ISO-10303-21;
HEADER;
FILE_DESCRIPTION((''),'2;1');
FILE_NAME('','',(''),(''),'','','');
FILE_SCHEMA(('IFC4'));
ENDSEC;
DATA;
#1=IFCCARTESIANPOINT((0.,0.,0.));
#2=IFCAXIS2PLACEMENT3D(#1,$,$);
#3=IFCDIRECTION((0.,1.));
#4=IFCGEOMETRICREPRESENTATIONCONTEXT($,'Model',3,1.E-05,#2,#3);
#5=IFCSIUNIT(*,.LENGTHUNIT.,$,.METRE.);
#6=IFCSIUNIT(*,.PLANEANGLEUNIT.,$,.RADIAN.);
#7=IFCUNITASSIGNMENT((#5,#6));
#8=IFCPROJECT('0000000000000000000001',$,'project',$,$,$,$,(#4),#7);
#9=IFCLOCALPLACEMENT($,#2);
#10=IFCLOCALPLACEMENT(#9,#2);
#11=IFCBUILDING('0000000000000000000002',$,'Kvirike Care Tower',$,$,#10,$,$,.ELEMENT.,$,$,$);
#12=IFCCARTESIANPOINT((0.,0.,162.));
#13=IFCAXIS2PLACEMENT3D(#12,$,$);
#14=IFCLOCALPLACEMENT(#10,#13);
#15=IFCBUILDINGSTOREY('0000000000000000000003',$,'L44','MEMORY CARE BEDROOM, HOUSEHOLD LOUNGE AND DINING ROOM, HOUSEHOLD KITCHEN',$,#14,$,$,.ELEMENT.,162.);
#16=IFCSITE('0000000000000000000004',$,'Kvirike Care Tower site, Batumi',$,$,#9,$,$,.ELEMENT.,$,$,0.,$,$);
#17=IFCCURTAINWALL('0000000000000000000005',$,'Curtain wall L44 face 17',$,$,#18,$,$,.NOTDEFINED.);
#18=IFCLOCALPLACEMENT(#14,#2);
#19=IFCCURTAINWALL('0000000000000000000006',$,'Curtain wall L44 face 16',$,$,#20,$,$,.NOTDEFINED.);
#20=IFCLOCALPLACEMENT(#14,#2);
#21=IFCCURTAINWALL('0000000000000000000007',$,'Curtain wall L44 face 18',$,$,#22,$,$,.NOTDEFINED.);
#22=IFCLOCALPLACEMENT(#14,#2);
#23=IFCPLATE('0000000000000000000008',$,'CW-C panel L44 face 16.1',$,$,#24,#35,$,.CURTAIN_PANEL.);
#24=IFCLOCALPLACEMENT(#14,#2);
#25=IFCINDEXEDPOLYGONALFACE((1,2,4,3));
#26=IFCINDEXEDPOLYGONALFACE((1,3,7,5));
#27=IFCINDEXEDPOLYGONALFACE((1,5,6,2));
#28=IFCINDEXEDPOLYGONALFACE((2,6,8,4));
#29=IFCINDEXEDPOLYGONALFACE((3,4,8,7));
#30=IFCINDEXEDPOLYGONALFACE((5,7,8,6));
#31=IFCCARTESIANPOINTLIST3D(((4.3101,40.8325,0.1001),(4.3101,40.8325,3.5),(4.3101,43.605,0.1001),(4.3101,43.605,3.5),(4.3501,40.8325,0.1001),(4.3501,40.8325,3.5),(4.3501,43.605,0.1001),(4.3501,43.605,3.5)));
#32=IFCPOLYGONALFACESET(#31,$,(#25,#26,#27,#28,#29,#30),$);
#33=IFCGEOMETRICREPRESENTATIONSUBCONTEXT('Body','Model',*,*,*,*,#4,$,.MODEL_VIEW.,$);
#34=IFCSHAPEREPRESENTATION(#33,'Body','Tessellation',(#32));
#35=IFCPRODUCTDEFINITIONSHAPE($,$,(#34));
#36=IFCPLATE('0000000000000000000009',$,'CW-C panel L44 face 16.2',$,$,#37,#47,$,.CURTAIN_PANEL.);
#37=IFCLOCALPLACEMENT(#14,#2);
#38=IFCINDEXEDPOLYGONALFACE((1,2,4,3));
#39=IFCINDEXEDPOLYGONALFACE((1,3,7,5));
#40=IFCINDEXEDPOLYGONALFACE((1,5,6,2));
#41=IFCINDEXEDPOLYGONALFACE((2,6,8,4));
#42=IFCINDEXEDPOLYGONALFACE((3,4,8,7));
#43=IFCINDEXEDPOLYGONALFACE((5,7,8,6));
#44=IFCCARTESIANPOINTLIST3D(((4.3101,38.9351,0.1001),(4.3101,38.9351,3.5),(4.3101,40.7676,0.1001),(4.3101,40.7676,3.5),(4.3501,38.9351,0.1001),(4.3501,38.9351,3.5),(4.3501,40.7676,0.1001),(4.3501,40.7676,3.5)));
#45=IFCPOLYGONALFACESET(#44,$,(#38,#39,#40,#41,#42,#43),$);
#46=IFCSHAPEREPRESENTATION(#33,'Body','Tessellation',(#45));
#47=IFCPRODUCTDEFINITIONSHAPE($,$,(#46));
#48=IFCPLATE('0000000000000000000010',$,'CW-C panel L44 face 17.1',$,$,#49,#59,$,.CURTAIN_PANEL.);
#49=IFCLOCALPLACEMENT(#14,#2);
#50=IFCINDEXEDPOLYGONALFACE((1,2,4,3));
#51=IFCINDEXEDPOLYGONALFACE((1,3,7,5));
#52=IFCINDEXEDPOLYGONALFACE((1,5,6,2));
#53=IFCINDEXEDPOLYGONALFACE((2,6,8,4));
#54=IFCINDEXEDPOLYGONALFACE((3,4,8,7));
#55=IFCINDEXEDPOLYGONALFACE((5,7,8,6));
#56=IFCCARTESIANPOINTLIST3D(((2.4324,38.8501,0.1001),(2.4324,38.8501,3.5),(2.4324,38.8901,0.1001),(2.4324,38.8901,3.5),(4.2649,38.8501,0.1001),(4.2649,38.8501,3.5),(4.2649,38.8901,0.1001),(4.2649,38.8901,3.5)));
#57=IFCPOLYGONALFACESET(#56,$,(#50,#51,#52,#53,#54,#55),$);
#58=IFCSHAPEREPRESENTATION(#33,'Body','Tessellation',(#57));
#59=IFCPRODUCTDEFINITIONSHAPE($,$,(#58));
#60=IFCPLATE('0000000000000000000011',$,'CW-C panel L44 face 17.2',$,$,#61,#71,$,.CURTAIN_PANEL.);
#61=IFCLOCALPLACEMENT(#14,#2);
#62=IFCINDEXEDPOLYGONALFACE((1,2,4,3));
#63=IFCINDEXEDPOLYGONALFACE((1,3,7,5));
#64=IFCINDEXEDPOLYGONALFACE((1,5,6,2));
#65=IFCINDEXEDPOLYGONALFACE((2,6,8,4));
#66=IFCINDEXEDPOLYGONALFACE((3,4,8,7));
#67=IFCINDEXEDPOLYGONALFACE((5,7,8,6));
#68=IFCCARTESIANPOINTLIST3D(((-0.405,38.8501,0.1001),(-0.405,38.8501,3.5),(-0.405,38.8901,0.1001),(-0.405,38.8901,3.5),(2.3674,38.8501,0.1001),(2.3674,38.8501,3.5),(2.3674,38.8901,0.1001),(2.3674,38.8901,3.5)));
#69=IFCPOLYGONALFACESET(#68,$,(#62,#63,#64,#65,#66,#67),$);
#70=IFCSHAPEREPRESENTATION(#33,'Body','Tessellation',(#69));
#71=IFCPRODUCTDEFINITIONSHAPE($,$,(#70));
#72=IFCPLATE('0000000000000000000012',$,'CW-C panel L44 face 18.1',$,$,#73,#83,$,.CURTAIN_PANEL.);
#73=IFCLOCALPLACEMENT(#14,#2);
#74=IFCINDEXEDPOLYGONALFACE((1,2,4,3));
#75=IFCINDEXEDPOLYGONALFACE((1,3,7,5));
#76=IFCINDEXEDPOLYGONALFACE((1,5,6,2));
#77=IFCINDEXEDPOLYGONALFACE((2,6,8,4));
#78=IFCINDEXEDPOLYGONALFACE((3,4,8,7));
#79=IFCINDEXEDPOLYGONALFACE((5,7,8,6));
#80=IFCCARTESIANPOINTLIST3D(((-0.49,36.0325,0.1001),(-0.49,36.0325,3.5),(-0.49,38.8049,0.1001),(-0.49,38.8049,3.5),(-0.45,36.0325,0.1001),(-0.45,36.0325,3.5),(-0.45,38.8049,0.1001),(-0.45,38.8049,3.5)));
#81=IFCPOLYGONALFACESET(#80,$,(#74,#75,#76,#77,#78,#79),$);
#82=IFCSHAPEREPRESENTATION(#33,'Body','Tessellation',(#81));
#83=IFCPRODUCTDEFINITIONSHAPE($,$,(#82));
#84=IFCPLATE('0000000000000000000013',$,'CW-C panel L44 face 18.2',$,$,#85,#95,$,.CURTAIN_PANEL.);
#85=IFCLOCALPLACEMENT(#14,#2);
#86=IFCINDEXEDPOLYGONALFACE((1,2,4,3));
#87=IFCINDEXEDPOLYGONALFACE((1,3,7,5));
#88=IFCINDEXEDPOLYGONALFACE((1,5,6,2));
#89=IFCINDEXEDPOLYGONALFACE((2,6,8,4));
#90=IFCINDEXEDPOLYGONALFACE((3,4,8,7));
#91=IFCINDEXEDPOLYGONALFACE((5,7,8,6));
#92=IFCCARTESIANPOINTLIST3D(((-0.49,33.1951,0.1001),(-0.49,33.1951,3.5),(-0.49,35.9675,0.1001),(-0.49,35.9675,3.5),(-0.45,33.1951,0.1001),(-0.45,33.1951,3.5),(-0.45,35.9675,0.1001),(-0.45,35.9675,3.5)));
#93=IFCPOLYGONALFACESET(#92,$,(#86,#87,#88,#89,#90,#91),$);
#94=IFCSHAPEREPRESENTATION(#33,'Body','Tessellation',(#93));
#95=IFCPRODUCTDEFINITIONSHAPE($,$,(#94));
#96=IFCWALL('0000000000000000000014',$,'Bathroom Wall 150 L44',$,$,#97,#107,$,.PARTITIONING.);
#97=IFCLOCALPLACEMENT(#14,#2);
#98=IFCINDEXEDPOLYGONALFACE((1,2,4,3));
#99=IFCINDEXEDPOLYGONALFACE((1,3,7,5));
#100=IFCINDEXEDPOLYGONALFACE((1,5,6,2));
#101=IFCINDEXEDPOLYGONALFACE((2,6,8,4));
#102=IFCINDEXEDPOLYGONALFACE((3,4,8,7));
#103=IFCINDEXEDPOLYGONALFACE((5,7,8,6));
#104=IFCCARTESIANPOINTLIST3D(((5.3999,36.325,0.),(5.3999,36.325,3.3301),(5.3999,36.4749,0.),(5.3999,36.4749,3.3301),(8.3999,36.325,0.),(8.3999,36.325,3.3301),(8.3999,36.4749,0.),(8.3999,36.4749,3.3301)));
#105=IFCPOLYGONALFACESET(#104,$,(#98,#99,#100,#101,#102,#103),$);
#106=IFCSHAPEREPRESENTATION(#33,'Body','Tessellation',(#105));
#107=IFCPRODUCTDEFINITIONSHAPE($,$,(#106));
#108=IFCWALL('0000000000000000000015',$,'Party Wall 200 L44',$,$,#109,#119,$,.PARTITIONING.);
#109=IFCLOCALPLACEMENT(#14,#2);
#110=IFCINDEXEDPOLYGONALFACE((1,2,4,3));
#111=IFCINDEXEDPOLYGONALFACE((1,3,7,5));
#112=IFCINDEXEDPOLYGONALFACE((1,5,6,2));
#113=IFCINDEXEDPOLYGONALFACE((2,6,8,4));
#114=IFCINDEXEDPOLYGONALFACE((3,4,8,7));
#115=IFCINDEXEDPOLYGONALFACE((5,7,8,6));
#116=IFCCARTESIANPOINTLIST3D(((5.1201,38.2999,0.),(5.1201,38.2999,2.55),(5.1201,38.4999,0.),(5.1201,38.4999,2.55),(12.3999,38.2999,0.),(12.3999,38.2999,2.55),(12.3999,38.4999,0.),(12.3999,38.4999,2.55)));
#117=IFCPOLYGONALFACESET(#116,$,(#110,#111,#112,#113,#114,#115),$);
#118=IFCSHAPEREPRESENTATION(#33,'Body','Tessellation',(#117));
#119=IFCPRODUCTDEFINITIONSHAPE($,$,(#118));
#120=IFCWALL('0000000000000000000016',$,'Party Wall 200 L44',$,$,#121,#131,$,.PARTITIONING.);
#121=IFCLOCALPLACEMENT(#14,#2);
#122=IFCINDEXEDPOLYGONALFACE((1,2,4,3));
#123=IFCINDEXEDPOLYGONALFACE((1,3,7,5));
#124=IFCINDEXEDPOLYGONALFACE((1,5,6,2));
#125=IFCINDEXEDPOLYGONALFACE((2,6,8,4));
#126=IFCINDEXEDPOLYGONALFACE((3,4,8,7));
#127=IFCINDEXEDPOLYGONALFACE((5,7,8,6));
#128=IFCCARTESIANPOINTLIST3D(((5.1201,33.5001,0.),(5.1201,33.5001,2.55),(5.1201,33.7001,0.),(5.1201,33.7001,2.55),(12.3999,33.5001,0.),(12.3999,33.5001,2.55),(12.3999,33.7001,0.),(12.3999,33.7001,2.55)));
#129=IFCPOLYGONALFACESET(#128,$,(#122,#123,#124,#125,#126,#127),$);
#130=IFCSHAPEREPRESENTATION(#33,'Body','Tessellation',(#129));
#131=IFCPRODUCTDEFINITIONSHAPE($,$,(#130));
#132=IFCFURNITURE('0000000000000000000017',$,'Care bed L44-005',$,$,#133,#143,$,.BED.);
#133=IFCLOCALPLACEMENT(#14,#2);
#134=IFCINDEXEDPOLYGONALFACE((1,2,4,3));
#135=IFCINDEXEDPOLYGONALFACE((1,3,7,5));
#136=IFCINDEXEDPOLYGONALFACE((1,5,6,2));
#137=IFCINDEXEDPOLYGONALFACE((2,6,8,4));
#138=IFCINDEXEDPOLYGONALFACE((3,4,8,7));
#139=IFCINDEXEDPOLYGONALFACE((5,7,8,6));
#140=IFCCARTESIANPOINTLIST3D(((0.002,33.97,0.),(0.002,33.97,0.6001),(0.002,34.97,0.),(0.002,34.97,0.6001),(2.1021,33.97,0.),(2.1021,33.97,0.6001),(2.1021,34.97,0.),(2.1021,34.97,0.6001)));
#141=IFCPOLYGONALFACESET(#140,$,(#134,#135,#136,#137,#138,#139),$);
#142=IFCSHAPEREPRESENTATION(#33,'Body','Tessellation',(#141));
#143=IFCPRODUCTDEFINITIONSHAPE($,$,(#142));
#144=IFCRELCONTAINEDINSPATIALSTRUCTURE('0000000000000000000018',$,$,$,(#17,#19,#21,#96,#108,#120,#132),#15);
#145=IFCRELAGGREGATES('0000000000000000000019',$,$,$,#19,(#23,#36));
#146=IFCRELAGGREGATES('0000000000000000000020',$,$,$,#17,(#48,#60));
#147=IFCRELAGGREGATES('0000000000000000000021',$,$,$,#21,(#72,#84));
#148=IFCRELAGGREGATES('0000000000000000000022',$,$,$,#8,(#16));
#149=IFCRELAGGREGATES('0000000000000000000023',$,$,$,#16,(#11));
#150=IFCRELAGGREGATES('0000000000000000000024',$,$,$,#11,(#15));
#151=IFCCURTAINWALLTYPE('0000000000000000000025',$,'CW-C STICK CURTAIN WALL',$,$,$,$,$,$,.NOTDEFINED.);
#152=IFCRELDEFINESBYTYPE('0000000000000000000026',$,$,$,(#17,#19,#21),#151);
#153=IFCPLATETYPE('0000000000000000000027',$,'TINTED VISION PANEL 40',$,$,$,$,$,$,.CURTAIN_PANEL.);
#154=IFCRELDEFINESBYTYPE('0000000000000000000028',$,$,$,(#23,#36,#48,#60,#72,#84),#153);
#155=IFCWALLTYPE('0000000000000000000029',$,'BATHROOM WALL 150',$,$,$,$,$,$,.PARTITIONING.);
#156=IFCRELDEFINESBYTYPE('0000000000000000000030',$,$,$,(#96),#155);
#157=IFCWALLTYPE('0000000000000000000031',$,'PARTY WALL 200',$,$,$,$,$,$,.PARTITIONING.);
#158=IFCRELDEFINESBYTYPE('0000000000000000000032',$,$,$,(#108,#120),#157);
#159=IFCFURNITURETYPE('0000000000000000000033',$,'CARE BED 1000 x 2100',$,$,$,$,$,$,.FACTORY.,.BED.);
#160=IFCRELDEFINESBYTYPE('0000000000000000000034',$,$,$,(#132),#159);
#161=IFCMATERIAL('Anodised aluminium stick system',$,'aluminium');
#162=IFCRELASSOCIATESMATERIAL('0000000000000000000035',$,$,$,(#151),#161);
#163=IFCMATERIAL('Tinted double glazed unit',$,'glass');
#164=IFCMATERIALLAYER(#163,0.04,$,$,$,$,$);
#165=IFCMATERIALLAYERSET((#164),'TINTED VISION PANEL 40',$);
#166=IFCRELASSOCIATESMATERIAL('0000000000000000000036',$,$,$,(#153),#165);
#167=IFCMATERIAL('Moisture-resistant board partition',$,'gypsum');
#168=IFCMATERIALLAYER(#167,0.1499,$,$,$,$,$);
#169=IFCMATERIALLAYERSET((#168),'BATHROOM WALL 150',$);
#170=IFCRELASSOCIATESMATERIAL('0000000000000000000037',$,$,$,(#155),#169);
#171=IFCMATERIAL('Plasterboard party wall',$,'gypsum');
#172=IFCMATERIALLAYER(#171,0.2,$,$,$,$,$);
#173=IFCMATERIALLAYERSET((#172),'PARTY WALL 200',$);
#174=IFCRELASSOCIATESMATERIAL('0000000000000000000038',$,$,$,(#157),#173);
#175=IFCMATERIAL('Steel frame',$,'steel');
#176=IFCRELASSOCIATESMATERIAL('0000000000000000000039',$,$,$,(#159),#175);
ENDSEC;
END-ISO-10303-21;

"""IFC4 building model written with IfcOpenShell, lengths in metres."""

from ifc_helpers import new_model, si_unit, direction, frame, frame_2d, origin, origin_2d, place, context, subcontext, project, spatial, rectangle, extrude, material, layer, layer_set, type_object, element, aggregate, save


model = new_model("IFC4")

# Units and contexts
model_context = context("Model", 3, precision=1e-05, world=origin(), true_north=direction((0.0, 1.0)))
body_context = subcontext(model_context, "Body", "Model", "MODEL_VIEW")
ifc_project = project(units=[si_unit("LENGTHUNIT", "METRE"), si_unit("PLANEANGLEUNIT", "RADIAN")], contexts=[model_context])

# Site, building, storey
site_placement = place(None, origin())
site = spatial("IfcSite", under=ifc_project, at=site_placement, Name="Kvirike Care Tower site, Batumi", CompositionType="ELEMENT", RefElevation=0.0)
building_placement = place(site_placement, origin())
building = spatial("IfcBuilding", under=site, at=building_placement, Name="Kvirike Care Tower", CompositionType="ELEMENT")
storey_placement = place(building_placement, frame((0.0, 0.0, 162.0)))
storey = spatial("IfcBuildingStorey", under=building, at=storey_placement, Name="L44", Description="MEMORY CARE BEDROOM, HOUSEHOLD LOUNGE AND DINING ROOM, HOUSEHOLD KITCHEN", CompositionType="ELEMENT", Elevation=162.0)

# Curtain wall
ifc_material_1 = material(Name="Anodised aluminium stick system", Category="aluminium")
curtain_wall_type = type_object("IfcCurtainWallType", Name="CW-C STICK CURTAIN WALL", PredefinedType="NOTDEFINED", material=ifc_material_1)
curtain_wall_1_placement = place(storey_placement, origin())
curtain_wall_1 = element("IfcCurtainWall", 1, at=curtain_wall_1_placement, inside=storey, type_object=curtain_wall_type, Name="Curtain wall L44 face 17", PredefinedType="NOTDEFINED")

# Curtain wall
curtain_wall_2_placement = place(storey_placement, origin())
curtain_wall_2 = element("IfcCurtainWall", 2, at=curtain_wall_2_placement, inside=storey, type_object=curtain_wall_type, Name="Curtain wall L44 face 16", PredefinedType="NOTDEFINED")

# Curtain wall
curtain_wall_3_placement = place(storey_placement, origin())
curtain_wall_3 = element("IfcCurtainWall", 3, at=curtain_wall_3_placement, inside=storey, type_object=curtain_wall_type, Name="Curtain wall L44 face 18", PredefinedType="NOTDEFINED")

# Plates
ifc_material_2 = material(Name="Tinted double glazed unit", Category="glass")
ifc_layer_1 = layer(ifc_material_2, 0.04)
ifc_layer_set_1 = layer_set([ifc_layer_1], Name="TINTED VISION PANEL 40")
plate_type = type_object("IfcPlateType", Name="TINTED VISION PANEL 40", PredefinedType="CURTAIN_PANEL", material=ifc_layer_set_1)
plate_1_placement = place(storey_placement, frame((4.3301, 42.2188, 0.1001), z_axis=(0.0, 0.0, 1.0), x_axis=(0.0, -1.0, 0.0)))
plate_1 = element("IfcPlate", 4, at=plate_1_placement, type_object=plate_type, Name="CW-C panel L44 face 16.1", PredefinedType="CURTAIN_PANEL", context=body_context, shape_type="SweptSolid", body=[
    extrude(rectangle(XDim=2.7725, YDim=0.04, at=origin_2d()), origin(), (0.0, 0.0, 1.0), 3.3999),
])
plate_2_placement = place(storey_placement, frame((4.3301, 39.8513, 0.1001), z_axis=(0.0, 0.0, 1.0), x_axis=(0.0, -1.0, 0.0)))
plate_2 = element("IfcPlate", 5, at=plate_2_placement, type_object=plate_type, Name="CW-C panel L44 face 16.2", PredefinedType="CURTAIN_PANEL", context=body_context, shape_type="SweptSolid", body=[
    extrude(rectangle(XDim=1.8325, YDim=0.04, at=origin_2d()), origin(), (0.0, 0.0, 1.0), 3.3999),
])
aggregate(curtain_wall_2, [plate_1, plate_2])
plate_3_placement = place(storey_placement, frame((3.3486, 38.8701, 0.1001), z_axis=(0.0, 0.0, 1.0), x_axis=(-1.0, 0.0, 0.0)))
plate_3 = element("IfcPlate", 6, at=plate_3_placement, type_object=plate_type, Name="CW-C panel L44 face 17.1", PredefinedType="CURTAIN_PANEL", context=body_context, shape_type="SweptSolid", body=[
    extrude(rectangle(XDim=1.8325, YDim=0.04, at=origin_2d()), origin(), (0.0, 0.0, 1.0), 3.3999),
])
plate_4_placement = place(storey_placement, frame((0.9812, 38.8701, 0.1001), z_axis=(0.0, 0.0, 1.0), x_axis=(-1.0, 0.0, 0.0)))
plate_4 = element("IfcPlate", 7, at=plate_4_placement, type_object=plate_type, Name="CW-C panel L44 face 17.2", PredefinedType="CURTAIN_PANEL", context=body_context, shape_type="SweptSolid", body=[
    extrude(rectangle(XDim=2.7725, YDim=0.04, at=origin_2d()), origin(), (0.0, 0.0, 1.0), 3.3999),
])
aggregate(curtain_wall_1, [plate_3, plate_4])
plate_5_placement = place(storey_placement, frame((-0.47, 37.4187, 0.1001), z_axis=(0.0, 0.0, 1.0), x_axis=(0.0, -1.0, 0.0)))
plate_5 = element("IfcPlate", 8, at=plate_5_placement, type_object=plate_type, Name="CW-C panel L44 face 18.1", PredefinedType="CURTAIN_PANEL", context=body_context, shape_type="SweptSolid", body=[
    extrude(rectangle(XDim=2.7725, YDim=0.04, at=origin_2d()), origin(), (0.0, 0.0, 1.0), 3.3999),
])
plate_6_placement = place(storey_placement, frame((-0.47, 34.5813, 0.1001), z_axis=(0.0, 0.0, 1.0), x_axis=(0.0, -1.0, 0.0)))
plate_6 = element("IfcPlate", 9, at=plate_6_placement, type_object=plate_type, Name="CW-C panel L44 face 18.2", PredefinedType="CURTAIN_PANEL", context=body_context, shape_type="SweptSolid", body=[
    extrude(rectangle(XDim=2.7725, YDim=0.04, at=origin_2d()), origin(), (0.0, 0.0, 1.0), 3.3999),
])
aggregate(curtain_wall_3, [plate_5, plate_6])

# Walls
ifc_material_3 = material(Name="Moisture-resistant board partition", Category="gypsum")
ifc_layer_2 = layer(ifc_material_3, 0.1499)
ifc_layer_set_2 = layer_set([ifc_layer_2], Name="BATHROOM WALL 150")
wall_type_1 = type_object("IfcWallType", Name="BATHROOM WALL 150", PredefinedType="PARTITIONING", material=ifc_layer_set_2)
wall_placement = place(storey_placement, frame((5.3999, 36.3999, 0.0), z_axis=(0.0, 0.0, 1.0), x_axis=(1.0, 0.0, 0.0)))
element("IfcWall", 10, at=wall_placement, inside=storey, type_object=wall_type_1, Name="Bathroom Wall 150 L44", PredefinedType="PARTITIONING", context=body_context, shape_type="SweptSolid", body=[
    extrude(rectangle(XDim=3.0, YDim=0.1499, at=frame_2d((1.5, 0.0))), origin(), (0.0, 0.0, 1.0), 3.3301),
])
ifc_material_4 = material(Name="Plasterboard party wall", Category="gypsum")
ifc_layer_3 = layer(ifc_material_4, 0.2)
ifc_layer_set_3 = layer_set([ifc_layer_3], Name="PARTY WALL 200")
wall_type_2 = type_object("IfcWallType", Name="PARTY WALL 200", PredefinedType="PARTITIONING", material=ifc_layer_set_3)
for number, where, z_axis, x_axis, name in (
    (11, (5.1201, 38.3999, 0.0), (0.0, 0.0, 1.0), (1.0, 0.0, 0.0), "Party Wall 200 L44"),
    (12, (5.1201, 33.6001, 0.0), (0.0, 0.0, 1.0), (1.0, 0.0, 0.0), "Party Wall 200 L44"),
):
    element("IfcWall", number, at=place(storey_placement, frame(where, z_axis=z_axis, x_axis=x_axis)), inside=storey, type_object=wall_type_2, Name=name, PredefinedType="PARTITIONING", context=body_context, shape_type="SweptSolid", body=[
        extrude(rectangle(XDim=7.2798, YDim=0.2, at=frame_2d((3.6399, 0.0))), origin(), (0.0, 0.0, 1.0), 2.55),
    ])

# Furniture
ifc_material_5 = material(Name="Steel frame", Category="steel")
furniture_type = type_object("IfcFurnitureType", Name="CARE BED 1000 x 2100", AssemblyPlace="FACTORY", PredefinedType="BED", material=ifc_material_5)
furniture_placement = place(storey_placement, frame((1.052, 34.47, 0.0), z_axis=(0.0, 0.0, 1.0), x_axis=(0.0, 1.0, 0.0)))
element("IfcFurniture", 13, at=furniture_placement, inside=storey, type_object=furniture_type, Name="Care bed L44-005", PredefinedType="BED", context=body_context, shape_type="SweptSolid", body=[
    extrude(rectangle(XDim=1.0, YDim=2.1001, at=origin_2d()), origin(), (0.0, 0.0, 1.0), 0.6001),
])

save(model, "model.ifc")
